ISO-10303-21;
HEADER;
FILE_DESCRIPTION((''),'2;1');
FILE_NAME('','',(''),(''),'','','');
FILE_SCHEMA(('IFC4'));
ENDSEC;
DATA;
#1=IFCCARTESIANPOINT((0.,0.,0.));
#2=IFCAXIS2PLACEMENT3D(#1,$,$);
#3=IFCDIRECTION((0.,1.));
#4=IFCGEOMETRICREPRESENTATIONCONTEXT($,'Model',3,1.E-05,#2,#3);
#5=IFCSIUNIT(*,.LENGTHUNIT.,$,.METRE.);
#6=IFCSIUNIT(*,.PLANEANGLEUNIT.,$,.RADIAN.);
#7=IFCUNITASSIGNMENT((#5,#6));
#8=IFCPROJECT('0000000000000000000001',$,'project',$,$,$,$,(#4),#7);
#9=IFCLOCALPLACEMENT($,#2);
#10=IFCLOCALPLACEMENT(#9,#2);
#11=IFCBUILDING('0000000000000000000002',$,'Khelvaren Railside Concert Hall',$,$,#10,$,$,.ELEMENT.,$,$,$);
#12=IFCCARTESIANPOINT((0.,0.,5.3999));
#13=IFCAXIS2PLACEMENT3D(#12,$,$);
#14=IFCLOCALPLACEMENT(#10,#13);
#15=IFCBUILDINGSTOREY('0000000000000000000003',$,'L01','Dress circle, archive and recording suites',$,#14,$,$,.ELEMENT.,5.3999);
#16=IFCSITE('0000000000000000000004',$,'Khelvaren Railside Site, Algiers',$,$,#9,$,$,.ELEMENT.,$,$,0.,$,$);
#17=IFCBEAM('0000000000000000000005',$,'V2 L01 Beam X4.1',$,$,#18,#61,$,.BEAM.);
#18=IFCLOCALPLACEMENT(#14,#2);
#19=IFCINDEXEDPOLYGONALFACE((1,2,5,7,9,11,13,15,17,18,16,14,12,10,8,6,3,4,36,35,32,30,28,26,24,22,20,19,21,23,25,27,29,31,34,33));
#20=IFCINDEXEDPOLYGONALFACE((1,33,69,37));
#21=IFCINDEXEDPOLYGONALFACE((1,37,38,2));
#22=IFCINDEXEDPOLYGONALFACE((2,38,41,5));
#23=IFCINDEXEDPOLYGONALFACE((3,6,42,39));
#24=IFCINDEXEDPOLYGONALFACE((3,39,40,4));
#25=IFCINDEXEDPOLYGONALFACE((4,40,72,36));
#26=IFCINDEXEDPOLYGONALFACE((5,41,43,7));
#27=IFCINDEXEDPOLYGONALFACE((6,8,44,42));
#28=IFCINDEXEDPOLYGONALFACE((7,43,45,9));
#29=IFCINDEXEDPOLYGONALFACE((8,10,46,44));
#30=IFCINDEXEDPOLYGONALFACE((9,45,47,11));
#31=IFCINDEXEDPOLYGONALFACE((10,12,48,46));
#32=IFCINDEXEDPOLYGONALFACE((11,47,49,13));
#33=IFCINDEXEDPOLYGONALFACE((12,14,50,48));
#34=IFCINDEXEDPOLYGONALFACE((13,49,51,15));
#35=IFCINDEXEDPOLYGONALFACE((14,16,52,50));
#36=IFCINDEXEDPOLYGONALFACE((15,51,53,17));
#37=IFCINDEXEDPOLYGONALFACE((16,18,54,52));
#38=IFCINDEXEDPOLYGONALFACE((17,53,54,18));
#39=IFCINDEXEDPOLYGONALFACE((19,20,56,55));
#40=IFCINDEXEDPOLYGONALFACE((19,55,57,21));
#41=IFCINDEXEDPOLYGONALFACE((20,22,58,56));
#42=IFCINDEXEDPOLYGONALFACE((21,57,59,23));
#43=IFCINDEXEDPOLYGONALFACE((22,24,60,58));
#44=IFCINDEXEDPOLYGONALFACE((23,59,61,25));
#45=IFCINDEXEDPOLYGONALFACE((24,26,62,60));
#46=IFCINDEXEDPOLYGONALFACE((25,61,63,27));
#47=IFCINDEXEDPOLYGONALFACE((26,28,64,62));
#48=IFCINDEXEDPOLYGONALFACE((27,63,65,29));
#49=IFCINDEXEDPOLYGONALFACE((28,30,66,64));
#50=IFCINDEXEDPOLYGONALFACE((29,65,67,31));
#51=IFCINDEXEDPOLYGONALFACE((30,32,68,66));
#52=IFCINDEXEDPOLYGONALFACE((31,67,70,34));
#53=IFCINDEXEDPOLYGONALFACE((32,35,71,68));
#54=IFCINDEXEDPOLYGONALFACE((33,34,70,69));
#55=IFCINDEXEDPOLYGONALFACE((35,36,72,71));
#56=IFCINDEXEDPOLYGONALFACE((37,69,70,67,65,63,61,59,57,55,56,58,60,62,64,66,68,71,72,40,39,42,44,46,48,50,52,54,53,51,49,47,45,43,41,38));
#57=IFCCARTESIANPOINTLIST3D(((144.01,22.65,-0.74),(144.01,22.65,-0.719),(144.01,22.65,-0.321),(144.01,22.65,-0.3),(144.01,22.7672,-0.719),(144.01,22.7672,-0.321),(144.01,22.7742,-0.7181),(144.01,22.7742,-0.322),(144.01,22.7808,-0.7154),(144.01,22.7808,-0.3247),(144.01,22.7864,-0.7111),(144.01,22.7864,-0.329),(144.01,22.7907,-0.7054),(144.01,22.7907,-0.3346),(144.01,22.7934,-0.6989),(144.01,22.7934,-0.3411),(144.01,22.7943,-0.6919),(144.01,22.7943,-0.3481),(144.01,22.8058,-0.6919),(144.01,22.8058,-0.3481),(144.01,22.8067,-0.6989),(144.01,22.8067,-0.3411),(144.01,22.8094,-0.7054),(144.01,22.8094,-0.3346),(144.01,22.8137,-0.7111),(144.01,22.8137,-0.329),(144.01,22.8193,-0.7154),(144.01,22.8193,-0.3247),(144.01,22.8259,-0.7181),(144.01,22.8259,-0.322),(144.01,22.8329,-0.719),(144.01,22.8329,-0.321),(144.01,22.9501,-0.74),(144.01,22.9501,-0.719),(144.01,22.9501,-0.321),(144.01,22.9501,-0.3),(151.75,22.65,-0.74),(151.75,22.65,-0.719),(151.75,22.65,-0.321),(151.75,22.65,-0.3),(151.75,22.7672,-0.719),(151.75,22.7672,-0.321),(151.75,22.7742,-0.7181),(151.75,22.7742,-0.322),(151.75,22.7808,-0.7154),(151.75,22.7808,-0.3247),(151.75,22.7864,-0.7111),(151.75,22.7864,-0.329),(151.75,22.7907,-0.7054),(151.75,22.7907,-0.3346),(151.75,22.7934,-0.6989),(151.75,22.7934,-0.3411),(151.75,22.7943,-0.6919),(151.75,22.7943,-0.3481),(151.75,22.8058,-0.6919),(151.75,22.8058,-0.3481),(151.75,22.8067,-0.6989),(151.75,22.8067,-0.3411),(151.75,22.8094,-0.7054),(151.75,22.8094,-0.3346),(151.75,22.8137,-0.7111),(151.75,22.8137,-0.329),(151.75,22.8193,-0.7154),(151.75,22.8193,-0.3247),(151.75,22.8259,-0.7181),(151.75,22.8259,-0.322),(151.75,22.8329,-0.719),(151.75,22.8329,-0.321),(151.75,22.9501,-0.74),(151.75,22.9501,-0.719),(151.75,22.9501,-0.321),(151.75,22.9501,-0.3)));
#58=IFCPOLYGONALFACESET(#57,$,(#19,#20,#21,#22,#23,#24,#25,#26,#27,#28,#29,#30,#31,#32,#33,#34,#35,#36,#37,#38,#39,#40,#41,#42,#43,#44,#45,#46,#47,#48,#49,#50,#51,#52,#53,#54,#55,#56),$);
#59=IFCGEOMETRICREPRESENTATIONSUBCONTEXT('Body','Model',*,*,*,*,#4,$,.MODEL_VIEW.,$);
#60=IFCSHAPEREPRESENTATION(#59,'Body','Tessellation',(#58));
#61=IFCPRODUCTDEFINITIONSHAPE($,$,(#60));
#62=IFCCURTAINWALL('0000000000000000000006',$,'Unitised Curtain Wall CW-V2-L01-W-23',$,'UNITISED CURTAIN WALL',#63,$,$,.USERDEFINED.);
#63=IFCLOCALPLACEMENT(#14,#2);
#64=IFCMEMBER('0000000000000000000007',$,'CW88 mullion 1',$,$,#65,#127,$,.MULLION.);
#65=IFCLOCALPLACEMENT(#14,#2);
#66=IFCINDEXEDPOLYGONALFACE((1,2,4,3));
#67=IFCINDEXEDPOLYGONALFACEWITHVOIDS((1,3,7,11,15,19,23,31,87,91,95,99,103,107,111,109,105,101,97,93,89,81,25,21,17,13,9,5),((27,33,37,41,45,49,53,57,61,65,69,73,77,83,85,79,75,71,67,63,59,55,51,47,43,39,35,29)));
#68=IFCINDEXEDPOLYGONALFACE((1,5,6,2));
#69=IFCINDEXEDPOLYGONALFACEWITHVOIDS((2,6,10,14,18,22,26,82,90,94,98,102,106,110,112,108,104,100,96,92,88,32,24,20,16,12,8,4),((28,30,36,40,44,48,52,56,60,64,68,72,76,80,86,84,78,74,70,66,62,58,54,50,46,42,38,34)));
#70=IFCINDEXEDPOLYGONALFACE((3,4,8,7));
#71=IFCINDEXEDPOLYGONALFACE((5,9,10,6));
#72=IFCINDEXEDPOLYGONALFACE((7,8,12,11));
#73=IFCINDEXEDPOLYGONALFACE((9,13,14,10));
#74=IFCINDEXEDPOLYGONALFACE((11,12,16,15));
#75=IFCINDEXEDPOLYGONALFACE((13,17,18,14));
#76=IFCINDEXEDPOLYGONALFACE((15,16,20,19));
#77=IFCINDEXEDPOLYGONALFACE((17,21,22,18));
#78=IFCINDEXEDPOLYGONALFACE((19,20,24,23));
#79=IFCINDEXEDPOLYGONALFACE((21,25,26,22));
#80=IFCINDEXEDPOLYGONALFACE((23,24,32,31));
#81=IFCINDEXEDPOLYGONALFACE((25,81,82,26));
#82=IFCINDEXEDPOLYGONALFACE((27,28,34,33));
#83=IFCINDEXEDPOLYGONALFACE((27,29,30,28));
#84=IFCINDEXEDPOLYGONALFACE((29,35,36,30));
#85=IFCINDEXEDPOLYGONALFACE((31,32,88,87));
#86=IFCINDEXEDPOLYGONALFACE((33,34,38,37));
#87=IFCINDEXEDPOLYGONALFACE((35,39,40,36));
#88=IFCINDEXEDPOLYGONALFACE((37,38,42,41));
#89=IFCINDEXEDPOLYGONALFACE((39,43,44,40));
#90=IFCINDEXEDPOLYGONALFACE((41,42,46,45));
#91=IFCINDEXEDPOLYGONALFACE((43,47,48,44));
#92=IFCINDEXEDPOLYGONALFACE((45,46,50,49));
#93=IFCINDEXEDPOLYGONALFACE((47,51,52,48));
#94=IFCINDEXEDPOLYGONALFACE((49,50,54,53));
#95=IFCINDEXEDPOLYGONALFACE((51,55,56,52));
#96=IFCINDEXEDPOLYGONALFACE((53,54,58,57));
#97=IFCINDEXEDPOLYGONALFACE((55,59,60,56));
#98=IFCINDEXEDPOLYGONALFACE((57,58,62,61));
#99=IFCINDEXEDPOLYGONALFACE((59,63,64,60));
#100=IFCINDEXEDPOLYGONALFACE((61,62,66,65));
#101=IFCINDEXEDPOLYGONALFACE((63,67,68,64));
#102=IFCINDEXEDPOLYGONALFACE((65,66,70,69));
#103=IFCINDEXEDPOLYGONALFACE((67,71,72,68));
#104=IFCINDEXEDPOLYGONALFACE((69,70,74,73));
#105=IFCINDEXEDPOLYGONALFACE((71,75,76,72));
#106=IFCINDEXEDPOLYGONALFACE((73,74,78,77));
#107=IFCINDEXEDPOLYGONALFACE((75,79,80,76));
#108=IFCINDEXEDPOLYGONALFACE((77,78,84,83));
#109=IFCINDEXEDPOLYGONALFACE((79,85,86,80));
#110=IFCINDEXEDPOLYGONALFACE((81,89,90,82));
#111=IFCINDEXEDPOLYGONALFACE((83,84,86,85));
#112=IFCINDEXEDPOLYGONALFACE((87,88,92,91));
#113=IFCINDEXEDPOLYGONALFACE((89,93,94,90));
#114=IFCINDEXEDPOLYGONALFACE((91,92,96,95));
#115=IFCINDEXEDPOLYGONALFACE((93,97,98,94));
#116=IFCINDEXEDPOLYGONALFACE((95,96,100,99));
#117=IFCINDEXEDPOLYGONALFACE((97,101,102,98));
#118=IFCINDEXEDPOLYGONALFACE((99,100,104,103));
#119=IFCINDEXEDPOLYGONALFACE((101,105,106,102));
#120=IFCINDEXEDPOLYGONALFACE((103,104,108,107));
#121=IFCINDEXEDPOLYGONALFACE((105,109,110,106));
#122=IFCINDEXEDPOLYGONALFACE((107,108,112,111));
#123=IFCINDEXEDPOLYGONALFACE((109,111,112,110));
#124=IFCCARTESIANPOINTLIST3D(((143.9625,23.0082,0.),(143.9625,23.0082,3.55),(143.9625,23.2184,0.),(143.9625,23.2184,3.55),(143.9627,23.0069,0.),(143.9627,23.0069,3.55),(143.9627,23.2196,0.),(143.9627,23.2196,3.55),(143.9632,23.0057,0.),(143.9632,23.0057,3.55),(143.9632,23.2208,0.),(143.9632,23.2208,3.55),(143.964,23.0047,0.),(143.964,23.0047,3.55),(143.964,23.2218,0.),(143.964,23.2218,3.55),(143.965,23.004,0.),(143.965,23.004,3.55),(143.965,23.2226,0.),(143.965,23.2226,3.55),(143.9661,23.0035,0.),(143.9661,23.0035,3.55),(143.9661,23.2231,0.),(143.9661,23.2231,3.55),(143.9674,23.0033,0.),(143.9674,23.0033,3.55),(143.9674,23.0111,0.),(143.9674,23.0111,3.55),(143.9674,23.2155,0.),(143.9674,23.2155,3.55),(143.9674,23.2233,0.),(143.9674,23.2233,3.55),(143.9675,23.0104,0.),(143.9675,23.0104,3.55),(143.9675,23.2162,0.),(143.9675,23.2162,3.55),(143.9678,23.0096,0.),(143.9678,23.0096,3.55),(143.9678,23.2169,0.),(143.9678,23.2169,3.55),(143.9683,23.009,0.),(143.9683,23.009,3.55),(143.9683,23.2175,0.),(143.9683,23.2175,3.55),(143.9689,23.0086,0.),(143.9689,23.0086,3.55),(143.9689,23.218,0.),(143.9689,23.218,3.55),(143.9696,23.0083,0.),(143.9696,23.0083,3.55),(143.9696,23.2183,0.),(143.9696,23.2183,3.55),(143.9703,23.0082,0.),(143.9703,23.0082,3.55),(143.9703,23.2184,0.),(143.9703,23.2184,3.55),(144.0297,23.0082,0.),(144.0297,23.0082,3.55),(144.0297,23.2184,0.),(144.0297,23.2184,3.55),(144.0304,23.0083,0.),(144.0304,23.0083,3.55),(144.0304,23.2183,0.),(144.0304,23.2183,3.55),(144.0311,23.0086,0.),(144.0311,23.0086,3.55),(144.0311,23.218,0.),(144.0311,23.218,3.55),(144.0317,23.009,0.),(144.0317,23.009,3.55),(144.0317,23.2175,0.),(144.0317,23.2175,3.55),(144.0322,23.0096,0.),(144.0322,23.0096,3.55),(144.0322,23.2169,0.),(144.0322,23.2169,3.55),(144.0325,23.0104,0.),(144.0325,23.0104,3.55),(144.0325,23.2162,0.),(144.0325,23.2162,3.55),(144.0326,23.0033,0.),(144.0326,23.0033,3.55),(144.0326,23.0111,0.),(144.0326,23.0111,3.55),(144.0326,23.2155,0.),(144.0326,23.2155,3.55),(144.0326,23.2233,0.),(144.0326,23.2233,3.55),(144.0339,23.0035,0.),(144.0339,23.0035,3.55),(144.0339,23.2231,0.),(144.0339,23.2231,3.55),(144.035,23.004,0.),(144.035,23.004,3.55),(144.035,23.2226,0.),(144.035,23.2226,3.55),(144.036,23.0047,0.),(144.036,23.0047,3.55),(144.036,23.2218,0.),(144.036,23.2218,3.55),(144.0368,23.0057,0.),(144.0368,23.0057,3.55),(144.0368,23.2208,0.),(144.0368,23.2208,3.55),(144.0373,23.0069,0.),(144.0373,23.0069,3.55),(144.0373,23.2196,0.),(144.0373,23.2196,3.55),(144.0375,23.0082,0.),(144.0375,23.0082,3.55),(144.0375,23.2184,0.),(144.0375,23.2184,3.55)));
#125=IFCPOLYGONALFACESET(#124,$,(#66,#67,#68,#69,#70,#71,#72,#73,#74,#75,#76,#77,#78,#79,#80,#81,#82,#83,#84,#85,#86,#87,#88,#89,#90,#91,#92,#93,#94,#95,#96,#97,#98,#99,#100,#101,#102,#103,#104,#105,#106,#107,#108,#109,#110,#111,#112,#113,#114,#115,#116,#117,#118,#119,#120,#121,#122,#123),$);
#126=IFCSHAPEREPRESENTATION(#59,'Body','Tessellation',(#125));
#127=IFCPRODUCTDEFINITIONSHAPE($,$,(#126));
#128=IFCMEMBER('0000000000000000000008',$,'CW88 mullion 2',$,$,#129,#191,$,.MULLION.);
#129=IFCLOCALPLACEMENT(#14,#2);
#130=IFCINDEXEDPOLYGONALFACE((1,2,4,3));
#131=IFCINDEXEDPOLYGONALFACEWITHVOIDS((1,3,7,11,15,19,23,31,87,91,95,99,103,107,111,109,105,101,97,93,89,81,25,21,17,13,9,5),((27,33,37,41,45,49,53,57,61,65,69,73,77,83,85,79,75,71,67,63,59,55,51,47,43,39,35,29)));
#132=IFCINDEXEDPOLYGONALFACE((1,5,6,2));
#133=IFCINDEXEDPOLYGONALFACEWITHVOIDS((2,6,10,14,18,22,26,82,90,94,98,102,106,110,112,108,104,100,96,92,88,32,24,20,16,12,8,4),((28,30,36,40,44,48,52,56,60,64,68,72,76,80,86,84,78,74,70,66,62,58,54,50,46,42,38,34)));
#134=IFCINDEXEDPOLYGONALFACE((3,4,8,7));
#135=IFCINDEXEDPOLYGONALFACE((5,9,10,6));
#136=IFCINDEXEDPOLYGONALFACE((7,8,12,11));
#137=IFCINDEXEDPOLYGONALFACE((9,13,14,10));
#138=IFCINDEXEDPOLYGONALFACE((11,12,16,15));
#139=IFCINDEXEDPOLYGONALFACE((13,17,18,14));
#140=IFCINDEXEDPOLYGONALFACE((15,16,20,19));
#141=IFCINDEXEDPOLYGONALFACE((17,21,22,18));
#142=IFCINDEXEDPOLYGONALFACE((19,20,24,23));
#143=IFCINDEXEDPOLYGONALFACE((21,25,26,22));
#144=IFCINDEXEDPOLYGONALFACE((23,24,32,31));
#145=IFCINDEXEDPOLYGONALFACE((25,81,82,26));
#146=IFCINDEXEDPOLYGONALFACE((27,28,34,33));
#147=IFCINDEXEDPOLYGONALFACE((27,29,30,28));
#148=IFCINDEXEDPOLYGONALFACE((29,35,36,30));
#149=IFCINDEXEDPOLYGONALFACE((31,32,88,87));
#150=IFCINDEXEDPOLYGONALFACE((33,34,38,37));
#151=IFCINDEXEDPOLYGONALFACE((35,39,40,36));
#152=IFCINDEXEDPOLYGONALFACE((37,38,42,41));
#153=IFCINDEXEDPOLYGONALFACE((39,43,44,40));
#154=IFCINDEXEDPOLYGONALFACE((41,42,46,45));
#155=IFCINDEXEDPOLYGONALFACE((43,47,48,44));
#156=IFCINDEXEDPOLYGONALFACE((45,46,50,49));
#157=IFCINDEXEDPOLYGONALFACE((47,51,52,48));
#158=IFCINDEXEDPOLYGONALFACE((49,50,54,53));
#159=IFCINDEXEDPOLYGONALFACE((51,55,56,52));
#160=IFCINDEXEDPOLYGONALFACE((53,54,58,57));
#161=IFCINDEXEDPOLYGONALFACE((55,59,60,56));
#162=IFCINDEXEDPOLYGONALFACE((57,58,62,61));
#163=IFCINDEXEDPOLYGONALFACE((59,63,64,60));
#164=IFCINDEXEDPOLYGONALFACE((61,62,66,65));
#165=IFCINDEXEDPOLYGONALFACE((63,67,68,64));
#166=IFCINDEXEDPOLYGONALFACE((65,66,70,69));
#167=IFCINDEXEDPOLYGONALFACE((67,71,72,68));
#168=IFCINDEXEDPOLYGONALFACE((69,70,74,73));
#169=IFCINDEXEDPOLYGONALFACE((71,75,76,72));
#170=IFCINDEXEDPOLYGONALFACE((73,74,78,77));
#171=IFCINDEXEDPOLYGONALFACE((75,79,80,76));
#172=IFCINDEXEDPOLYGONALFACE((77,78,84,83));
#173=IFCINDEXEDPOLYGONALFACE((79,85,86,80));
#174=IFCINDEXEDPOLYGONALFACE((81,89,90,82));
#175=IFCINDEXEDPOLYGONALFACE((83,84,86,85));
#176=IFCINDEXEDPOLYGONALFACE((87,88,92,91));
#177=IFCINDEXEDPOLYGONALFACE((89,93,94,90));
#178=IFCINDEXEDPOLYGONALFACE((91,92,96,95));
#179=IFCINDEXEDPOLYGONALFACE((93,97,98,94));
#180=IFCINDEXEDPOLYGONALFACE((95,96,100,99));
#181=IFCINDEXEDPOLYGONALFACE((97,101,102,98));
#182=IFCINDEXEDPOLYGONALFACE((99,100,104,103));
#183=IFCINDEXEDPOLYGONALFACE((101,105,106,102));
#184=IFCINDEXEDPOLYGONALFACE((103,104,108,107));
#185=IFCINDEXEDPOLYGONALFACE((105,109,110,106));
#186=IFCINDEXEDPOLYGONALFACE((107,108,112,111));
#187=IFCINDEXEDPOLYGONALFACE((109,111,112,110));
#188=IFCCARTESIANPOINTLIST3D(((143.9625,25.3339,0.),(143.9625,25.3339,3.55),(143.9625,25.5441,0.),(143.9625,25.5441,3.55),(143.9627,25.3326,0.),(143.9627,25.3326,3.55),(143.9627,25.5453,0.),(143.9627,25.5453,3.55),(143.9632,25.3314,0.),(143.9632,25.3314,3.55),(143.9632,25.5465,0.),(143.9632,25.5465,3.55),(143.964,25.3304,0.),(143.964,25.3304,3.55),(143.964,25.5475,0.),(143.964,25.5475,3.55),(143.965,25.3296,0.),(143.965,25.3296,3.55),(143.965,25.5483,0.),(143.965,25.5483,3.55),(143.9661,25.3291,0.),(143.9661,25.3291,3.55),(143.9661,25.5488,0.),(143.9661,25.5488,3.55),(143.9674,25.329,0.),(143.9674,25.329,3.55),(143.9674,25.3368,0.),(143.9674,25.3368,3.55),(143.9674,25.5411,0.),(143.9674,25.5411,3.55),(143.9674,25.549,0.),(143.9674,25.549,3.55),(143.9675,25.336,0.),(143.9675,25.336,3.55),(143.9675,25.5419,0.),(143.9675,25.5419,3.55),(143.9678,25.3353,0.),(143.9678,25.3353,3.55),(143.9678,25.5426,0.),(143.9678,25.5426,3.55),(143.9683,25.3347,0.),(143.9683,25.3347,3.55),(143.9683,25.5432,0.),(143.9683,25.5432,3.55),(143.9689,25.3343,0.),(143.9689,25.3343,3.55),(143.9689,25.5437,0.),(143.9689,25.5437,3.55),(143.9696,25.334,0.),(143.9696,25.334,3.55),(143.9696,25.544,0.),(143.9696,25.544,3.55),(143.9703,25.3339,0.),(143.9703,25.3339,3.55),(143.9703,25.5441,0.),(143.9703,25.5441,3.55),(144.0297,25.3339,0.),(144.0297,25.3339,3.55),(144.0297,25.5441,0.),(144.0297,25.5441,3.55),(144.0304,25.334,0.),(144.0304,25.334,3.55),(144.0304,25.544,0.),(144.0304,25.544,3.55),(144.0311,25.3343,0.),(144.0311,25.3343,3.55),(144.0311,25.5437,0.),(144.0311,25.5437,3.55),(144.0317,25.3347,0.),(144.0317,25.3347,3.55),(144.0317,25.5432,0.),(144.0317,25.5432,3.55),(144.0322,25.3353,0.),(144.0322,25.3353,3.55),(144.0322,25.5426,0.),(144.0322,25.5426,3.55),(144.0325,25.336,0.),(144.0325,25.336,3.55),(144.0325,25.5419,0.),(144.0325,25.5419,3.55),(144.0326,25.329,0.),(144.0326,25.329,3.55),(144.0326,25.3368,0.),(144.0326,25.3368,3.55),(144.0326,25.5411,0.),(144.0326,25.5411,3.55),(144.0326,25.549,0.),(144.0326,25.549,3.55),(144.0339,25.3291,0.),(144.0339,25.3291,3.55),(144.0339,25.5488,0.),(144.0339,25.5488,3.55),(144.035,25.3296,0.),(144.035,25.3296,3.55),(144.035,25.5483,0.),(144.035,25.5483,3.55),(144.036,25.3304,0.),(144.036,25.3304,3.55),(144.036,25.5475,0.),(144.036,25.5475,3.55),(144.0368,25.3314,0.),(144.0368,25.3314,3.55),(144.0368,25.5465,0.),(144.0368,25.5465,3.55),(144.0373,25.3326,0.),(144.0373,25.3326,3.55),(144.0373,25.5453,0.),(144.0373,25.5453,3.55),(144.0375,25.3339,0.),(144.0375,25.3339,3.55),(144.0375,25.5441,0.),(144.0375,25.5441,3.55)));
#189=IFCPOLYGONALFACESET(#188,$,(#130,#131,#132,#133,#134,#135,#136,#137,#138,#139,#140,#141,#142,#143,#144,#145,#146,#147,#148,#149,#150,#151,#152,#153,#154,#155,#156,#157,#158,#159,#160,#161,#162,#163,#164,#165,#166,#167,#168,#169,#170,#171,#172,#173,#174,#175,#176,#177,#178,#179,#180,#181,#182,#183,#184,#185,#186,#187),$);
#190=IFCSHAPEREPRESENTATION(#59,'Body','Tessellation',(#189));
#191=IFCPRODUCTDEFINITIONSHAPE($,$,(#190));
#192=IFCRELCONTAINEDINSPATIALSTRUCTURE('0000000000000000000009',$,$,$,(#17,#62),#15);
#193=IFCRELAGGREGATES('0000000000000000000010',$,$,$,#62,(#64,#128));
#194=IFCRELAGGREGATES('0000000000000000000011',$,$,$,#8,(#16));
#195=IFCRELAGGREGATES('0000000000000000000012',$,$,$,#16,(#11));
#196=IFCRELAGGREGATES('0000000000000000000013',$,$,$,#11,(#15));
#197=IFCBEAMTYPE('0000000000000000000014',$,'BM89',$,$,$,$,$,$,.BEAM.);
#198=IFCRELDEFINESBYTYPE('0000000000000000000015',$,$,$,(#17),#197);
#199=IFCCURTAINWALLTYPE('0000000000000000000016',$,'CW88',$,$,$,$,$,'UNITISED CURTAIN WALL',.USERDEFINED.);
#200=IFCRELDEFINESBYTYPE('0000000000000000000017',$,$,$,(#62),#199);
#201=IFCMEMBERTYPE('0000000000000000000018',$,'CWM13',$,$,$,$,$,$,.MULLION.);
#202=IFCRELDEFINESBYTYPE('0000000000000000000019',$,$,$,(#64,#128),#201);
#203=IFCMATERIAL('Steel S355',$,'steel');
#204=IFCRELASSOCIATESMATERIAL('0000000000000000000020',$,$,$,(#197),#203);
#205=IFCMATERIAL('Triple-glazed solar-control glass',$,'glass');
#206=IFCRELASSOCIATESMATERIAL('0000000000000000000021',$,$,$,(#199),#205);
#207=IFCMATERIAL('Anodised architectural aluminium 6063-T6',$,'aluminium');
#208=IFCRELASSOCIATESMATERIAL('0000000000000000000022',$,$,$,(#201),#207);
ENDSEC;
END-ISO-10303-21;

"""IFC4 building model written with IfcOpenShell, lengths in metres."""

from ifc_helpers import new_model, si_unit, direction, frame, origin, origin_2d, place, context, subcontext, project, spatial, hollow_rectangle, i_section, extrude, material, material_profile, profile_set, type_object, element, aggregate, save


model = new_model("IFC4")

# Units and contexts
model_context = context("Model", 3, precision=1e-05, world=origin(), true_north=direction((0.0, 1.0)))
body_context = subcontext(model_context, "Body", "Model", "MODEL_VIEW")
ifc_project = project(units=[si_unit("LENGTHUNIT", "METRE"), si_unit("PLANEANGLEUNIT", "RADIAN")], contexts=[model_context])

# Site, building, storey
site_placement = place(None, origin())
site = spatial("IfcSite", under=ifc_project, at=site_placement, Name="Khelvaren Railside Site, Algiers", CompositionType="ELEMENT", RefElevation=0.0)
building_placement = place(site_placement, origin())
building = spatial("IfcBuilding", under=site, at=building_placement, Name="Khelvaren Railside Concert Hall", CompositionType="ELEMENT")
storey_placement = place(building_placement, frame((0.0, 0.0, 5.3999)))
storey = spatial("IfcBuildingStorey", under=building, at=storey_placement, Name="L01", Description="Dress circle, archive and recording suites", CompositionType="ELEMENT", Elevation=5.3999)

# Beam
ifc_material_1 = material(Name="Steel S355", Category="steel")
ifc_material_profile_1 = material_profile(ifc_material_1, i_section(OverallWidth=0.3, OverallDepth=0.4399, WebThickness=0.0115, FlangeThickness=0.021, FilletRadius=0.0271, at=origin_2d()), Name="HEA 450")
ifc_profile_set_1 = profile_set([ifc_material_profile_1], Name="Steel S355")
beam_type_1 = type_object("IfcBeamType", Name="BM89", PredefinedType="BEAM", material=ifc_profile_set_1)
beam_1_placement = place(storey_placement, frame((144.01, 22.8, -0.52), z_axis=(1.0, 0.0, 0.0), x_axis=(0.0, 1.0, 0.0)))
element("IfcBeam", 1, at=beam_1_placement, inside=storey, type_object=beam_type_1, Name="V2 L01 Beam X4.1", PredefinedType="BEAM", context=body_context, shape_type="SweptSolid", body=[
    extrude(i_section(OverallWidth=0.3, OverallDepth=0.4399, WebThickness=0.0115, FlangeThickness=0.021, FilletRadius=0.0271, at=origin_2d()), origin(), (0.0, 0.0, 1.0), 7.74),
])

# Curtain wall, members
ifc_material_2 = material(Name="Triple-glazed solar-control glass", Category="glass")
curtain_wall_type = type_object("IfcCurtainWallType", Name="CW88", ElementType="UNITISED CURTAIN WALL", PredefinedType="USERDEFINED", material=ifc_material_2)
curtain_wall_placement = place(storey_placement, origin())
curtain_wall = element("IfcCurtainWall", 2, at=curtain_wall_placement, inside=storey, type_object=curtain_wall_type, Name="Unitised Curtain Wall CW-V2-L01-W-23", ObjectType="UNITISED CURTAIN WALL", PredefinedType="USERDEFINED")
ifc_material_3 = material(Name="Anodised architectural aluminium 6063-T6", Category="aluminium")
ifc_material_profile_2 = material_profile(ifc_material_3, hollow_rectangle(XDim=0.075, YDim=0.22, WallThickness=0.0049, InnerFilletRadius=0.0029, OuterFilletRadius=0.0049, at=origin_2d()), Name="CWM 75x220x5")
ifc_profile_set_2 = profile_set([ifc_material_profile_2], Name="Anodised architectural aluminium 6063-T6")
member_type_1 = type_object("IfcMemberType", Name="CWM13", PredefinedType="MULLION", material=ifc_profile_set_2)
member_1_placement = place(storey_placement, frame((144.0, 23.1133, 0.0), z_axis=(0.0, 0.0, 1.0), x_axis=(-1.0, 0.0, 0.0)))
member_1 = element("IfcMember", 3, at=member_1_placement, type_object=member_type_1, Name="CW88 mullion 1", PredefinedType="MULLION", context=body_context, shape_type="SweptSolid", body=[
    extrude(hollow_rectangle(XDim=0.075, YDim=0.22, WallThickness=0.0049, InnerFilletRadius=0.0029, OuterFilletRadius=0.0049, at=origin_2d()), origin(), (0.0, 0.0, 1.0), 3.55),
])
member_2_placement = place(storey_placement, frame((144.0, 25.439, 0.0), z_axis=(0.0, 0.0, 1.0), x_axis=(-1.0, 0.0, 0.0)))
member_2 = element("IfcMember", 4, at=member_2_placement, type_object=member_type_1, Name="CW88 mullion 2", PredefinedType="MULLION", context=body_context, shape_type="SweptSolid", body=[
    extrude(hollow_rectangle(XDim=0.075, YDim=0.22, WallThickness=0.0049, InnerFilletRadius=0.0029, OuterFilletRadius=0.0049, at=origin_2d()), origin(), (0.0, 0.0, 1.0), 3.55),
])

aggregate(curtain_wall, [member_1, member_2])

save(model, "model.ifc")
